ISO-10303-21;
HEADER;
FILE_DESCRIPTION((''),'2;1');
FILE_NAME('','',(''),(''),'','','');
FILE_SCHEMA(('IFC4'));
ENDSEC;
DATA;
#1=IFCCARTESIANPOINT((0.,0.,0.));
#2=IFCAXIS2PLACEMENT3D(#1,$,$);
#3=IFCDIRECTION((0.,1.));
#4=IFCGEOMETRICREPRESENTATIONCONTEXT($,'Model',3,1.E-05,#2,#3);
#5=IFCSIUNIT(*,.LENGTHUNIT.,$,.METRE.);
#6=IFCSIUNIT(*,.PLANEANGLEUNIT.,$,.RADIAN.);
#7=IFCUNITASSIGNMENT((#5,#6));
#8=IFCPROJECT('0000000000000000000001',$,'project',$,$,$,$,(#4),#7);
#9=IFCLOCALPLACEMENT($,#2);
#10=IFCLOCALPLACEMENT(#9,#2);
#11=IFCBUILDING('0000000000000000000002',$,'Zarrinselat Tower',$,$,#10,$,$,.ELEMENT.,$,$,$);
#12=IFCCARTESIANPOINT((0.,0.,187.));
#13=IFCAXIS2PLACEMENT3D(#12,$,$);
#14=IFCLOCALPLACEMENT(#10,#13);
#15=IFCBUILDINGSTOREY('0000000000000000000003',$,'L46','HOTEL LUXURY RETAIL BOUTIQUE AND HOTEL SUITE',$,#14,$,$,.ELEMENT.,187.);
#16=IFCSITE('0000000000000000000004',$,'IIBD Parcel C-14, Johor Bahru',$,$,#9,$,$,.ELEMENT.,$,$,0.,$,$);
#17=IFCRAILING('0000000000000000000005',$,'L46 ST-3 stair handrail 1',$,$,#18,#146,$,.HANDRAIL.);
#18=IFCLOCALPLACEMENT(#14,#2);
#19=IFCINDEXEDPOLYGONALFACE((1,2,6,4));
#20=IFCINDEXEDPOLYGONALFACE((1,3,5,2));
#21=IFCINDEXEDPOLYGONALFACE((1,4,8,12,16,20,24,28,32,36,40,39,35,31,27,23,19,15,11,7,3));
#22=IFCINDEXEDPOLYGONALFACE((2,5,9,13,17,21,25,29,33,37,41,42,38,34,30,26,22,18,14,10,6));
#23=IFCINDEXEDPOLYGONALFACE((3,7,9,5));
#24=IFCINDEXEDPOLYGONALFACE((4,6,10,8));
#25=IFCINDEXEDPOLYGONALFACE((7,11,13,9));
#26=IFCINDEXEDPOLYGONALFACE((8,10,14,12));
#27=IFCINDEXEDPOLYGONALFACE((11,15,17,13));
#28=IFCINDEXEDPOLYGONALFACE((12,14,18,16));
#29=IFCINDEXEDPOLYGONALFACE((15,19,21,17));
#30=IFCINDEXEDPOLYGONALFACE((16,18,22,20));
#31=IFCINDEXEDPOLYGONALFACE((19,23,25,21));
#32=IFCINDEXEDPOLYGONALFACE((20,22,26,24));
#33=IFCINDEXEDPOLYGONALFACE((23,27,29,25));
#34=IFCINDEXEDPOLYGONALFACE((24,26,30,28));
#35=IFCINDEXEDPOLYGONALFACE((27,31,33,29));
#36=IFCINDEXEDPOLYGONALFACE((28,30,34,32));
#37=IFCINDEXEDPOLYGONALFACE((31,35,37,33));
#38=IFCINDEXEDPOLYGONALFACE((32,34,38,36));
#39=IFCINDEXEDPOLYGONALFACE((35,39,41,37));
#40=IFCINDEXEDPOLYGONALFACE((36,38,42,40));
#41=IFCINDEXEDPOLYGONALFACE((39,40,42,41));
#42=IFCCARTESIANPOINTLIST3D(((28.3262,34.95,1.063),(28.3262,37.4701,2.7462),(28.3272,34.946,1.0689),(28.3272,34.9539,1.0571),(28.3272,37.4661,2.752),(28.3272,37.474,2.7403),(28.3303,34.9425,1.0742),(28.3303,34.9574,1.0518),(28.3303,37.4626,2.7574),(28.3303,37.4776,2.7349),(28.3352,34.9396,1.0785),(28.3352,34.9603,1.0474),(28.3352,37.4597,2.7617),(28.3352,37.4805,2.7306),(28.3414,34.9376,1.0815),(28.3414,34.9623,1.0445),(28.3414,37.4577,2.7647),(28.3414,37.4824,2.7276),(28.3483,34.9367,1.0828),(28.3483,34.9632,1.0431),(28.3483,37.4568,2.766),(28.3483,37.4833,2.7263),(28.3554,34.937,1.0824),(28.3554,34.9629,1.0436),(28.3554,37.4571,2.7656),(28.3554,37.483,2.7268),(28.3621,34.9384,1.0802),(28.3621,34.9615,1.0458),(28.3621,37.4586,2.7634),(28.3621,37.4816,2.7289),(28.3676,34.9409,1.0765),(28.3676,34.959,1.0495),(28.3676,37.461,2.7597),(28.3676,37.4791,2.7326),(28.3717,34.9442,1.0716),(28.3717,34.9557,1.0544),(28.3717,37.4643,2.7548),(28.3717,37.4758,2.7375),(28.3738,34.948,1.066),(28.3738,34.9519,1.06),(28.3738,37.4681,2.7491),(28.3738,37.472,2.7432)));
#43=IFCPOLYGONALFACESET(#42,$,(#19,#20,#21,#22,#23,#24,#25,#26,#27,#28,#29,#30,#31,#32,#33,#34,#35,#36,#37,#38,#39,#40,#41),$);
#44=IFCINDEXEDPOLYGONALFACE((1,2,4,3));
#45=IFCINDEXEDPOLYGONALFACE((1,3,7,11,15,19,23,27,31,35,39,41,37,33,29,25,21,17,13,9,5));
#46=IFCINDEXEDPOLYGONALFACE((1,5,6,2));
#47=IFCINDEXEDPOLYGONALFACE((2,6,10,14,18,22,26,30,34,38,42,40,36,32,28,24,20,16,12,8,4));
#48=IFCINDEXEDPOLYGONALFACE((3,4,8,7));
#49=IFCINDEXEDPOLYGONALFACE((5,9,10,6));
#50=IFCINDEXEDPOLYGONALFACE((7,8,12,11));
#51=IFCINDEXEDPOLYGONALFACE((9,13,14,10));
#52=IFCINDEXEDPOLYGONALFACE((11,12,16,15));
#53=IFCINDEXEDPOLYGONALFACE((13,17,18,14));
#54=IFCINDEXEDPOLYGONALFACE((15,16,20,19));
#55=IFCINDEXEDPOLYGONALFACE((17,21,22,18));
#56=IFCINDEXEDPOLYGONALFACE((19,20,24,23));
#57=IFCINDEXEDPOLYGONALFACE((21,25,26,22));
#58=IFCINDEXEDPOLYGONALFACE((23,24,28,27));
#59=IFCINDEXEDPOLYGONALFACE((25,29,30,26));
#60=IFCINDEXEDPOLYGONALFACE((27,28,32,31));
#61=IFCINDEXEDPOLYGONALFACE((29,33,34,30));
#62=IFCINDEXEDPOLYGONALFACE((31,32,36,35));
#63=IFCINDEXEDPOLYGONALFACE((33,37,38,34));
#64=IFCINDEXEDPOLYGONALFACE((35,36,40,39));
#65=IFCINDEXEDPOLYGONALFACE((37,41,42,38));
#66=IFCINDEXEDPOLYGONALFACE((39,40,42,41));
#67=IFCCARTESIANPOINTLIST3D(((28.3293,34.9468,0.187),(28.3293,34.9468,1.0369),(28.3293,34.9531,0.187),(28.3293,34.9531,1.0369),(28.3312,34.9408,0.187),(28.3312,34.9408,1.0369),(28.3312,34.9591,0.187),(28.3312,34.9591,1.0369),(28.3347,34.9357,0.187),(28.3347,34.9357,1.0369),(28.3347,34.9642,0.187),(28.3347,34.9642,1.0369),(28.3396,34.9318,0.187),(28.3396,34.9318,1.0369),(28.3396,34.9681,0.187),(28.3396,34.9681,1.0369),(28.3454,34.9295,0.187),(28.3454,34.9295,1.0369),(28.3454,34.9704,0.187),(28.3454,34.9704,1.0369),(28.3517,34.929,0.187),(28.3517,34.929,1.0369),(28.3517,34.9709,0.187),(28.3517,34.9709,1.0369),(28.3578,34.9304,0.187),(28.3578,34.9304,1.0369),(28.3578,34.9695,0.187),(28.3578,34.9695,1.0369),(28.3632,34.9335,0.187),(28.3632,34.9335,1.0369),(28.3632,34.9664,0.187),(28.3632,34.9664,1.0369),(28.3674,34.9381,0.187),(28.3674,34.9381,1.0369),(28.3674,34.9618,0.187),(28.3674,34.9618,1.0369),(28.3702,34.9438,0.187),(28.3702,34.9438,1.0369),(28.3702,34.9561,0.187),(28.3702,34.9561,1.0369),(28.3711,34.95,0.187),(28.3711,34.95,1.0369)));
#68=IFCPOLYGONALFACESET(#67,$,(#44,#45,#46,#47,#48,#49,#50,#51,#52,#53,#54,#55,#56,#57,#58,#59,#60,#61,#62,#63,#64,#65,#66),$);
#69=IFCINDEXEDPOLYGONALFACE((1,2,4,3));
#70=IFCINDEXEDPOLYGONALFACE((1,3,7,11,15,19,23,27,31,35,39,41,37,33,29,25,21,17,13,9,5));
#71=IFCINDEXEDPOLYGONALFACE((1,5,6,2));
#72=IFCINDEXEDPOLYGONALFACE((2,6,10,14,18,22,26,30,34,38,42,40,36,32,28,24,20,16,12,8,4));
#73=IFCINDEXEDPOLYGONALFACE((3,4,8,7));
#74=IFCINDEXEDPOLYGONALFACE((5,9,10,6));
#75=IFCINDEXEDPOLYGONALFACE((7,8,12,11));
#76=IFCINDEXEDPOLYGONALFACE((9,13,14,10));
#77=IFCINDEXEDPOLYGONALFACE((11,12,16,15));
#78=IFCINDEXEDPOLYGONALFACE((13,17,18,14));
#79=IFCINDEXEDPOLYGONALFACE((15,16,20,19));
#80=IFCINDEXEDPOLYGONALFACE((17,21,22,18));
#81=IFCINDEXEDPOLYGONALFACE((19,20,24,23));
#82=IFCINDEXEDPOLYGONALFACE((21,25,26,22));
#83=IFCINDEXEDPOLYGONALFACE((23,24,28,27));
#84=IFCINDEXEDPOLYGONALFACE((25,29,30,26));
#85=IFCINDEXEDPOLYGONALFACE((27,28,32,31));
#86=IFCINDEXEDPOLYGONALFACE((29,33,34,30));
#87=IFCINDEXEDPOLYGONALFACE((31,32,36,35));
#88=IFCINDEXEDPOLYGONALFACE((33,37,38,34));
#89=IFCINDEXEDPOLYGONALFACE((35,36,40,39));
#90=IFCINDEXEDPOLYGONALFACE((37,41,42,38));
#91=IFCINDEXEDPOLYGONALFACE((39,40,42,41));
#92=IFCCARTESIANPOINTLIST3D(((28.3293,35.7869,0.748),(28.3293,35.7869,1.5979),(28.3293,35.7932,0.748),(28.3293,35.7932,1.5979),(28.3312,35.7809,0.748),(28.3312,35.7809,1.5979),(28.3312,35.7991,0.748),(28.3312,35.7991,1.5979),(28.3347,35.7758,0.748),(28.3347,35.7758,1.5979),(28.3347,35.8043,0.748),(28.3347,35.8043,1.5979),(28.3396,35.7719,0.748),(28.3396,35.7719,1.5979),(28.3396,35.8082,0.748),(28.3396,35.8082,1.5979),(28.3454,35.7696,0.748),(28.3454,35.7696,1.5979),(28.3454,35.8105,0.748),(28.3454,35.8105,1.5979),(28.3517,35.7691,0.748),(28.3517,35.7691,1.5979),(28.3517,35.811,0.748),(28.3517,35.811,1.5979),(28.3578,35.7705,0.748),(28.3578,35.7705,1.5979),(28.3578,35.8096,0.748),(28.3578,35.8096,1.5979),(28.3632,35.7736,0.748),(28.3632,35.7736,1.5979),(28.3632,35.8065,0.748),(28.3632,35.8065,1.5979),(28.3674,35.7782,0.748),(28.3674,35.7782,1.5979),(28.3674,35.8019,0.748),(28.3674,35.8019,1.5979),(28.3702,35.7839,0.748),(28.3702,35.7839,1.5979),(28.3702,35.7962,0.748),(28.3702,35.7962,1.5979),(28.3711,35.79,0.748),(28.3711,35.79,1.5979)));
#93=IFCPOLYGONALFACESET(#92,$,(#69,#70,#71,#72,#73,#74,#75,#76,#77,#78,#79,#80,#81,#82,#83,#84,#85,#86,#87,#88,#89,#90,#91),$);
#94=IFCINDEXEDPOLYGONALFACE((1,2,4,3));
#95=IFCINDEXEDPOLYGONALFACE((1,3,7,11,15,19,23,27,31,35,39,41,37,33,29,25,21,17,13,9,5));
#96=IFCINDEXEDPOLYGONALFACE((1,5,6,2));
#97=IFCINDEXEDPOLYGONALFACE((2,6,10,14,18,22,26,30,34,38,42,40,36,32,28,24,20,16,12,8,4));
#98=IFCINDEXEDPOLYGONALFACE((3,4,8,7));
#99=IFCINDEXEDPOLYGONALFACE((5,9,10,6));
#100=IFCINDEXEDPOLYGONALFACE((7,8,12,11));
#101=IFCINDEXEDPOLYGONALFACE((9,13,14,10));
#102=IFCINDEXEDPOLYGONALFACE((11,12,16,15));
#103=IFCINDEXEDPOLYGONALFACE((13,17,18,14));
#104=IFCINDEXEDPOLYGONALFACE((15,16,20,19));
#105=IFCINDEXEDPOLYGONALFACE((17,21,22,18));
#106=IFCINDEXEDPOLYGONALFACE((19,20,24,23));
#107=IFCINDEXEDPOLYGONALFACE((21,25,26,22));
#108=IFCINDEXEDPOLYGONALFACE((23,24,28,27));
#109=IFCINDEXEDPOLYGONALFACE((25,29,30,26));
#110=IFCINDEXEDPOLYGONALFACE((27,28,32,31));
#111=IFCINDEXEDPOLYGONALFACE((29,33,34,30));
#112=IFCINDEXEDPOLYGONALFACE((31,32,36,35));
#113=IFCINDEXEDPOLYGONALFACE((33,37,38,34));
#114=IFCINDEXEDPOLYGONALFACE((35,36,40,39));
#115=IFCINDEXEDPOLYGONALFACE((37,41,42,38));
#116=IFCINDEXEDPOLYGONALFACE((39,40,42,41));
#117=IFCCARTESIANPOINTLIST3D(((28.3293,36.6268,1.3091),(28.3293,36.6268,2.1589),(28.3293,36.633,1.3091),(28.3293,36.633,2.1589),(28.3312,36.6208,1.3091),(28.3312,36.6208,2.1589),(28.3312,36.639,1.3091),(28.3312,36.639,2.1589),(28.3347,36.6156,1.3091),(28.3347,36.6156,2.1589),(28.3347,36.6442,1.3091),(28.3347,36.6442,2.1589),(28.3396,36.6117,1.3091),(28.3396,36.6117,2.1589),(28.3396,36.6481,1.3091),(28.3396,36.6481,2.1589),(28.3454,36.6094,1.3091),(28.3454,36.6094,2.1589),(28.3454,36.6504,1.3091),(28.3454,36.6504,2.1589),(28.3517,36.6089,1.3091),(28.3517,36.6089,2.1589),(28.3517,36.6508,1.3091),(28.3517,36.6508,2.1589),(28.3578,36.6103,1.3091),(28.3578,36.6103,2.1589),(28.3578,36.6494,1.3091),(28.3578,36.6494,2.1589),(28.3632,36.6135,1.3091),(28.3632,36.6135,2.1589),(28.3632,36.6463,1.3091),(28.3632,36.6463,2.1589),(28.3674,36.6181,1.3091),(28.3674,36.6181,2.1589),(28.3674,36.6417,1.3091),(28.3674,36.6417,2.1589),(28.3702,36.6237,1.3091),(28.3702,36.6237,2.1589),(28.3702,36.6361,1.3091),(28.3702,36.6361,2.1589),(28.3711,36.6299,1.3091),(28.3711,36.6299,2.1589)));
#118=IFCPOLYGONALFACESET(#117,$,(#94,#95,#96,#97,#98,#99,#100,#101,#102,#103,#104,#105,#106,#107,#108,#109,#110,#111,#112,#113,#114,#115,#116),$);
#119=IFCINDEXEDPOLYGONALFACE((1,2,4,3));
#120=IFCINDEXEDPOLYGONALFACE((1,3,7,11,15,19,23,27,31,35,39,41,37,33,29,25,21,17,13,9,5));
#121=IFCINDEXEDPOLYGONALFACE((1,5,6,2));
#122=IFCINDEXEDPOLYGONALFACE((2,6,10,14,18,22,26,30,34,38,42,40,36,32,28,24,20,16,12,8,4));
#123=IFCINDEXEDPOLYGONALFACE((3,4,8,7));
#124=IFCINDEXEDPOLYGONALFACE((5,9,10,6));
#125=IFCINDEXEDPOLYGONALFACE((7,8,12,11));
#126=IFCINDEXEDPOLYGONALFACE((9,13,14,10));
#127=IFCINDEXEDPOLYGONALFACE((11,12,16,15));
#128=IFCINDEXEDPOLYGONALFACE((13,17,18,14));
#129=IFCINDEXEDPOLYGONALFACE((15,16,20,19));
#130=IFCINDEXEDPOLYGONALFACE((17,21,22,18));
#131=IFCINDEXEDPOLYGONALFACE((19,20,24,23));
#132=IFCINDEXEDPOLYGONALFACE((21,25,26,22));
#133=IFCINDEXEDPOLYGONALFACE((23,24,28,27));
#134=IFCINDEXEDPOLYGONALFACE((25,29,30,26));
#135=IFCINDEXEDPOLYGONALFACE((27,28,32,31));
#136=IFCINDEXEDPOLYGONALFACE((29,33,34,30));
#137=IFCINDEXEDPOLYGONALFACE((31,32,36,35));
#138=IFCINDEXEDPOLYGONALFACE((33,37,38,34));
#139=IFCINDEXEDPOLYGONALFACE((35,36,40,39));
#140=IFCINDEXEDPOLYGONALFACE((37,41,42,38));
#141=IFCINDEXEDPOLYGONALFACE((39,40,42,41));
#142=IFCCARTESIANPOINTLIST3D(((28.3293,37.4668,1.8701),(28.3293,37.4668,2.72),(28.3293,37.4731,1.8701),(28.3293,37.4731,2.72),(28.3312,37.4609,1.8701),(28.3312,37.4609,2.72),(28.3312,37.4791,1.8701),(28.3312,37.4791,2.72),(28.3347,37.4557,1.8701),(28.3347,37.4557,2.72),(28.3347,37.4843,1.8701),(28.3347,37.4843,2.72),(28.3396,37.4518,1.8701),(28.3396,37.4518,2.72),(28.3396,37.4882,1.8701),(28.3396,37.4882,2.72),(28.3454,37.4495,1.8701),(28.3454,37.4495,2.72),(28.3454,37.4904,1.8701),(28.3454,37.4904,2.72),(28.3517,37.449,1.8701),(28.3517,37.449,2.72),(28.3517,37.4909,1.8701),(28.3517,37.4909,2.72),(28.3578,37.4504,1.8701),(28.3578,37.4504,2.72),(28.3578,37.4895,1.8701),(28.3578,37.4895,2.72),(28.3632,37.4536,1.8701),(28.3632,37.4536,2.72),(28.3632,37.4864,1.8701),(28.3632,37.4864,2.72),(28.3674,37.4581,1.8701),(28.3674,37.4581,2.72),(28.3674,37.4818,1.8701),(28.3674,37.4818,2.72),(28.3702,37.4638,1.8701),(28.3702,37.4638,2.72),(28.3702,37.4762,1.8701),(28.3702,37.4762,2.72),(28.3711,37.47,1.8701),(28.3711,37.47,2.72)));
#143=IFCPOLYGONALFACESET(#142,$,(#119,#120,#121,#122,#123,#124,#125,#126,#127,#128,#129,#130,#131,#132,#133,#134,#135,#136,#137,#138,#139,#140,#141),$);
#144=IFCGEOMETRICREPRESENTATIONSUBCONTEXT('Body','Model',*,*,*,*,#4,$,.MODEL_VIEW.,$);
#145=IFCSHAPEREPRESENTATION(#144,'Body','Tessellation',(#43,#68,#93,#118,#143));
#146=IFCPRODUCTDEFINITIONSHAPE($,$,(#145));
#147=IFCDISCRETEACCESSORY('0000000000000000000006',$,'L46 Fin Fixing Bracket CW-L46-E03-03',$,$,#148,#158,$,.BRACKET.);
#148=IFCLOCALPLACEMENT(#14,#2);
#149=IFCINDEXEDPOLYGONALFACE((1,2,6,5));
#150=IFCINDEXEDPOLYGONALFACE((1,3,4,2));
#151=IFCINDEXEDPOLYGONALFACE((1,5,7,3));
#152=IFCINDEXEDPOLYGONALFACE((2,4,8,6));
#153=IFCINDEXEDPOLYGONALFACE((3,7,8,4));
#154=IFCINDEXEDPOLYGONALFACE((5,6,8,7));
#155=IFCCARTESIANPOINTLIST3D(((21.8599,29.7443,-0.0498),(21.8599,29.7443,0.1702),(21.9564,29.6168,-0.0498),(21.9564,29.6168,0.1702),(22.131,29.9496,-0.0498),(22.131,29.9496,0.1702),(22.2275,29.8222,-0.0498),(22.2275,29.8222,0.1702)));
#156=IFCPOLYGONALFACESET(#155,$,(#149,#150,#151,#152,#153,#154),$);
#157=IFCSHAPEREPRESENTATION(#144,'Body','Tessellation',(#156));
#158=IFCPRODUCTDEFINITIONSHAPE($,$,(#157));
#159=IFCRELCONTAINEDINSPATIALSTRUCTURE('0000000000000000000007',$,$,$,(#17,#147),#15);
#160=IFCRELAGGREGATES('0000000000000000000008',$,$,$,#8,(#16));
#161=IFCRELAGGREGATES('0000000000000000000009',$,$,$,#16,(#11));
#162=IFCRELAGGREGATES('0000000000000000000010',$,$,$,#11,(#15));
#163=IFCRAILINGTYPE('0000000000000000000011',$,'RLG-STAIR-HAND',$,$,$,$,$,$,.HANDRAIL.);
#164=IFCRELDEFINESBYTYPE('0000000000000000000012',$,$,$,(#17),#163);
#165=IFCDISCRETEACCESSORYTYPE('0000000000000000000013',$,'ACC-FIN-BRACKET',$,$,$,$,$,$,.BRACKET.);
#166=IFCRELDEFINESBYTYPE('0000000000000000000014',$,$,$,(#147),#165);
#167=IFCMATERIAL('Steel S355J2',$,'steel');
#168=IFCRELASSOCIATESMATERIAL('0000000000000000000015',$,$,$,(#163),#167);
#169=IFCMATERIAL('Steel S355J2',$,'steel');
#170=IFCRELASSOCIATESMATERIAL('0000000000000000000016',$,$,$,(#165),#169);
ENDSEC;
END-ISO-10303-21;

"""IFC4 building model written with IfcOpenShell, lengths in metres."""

from ifc_helpers import new_model, si_unit, direction, frame, origin, origin_2d, place, context, subcontext, project, spatial, rectangle, circle, extrude, material, type_object, element, save


model = new_model("IFC4")

# Units and contexts
model_context = context("Model", 3, precision=1e-05, world=origin(), true_north=direction((0.0, 1.0)))
body_context = subcontext(model_context, "Body", "Model", "MODEL_VIEW")
ifc_project = project(units=[si_unit("LENGTHUNIT", "METRE"), si_unit("PLANEANGLEUNIT", "RADIAN")], contexts=[model_context])

# Site, building, storey
site_placement = place(None, origin())
site = spatial("IfcSite", under=ifc_project, at=site_placement, Name="IIBD Parcel C-14, Johor Bahru", CompositionType="ELEMENT", RefElevation=0.0)
building_placement = place(site_placement, origin())
building = spatial("IfcBuilding", under=site, at=building_placement, Name="Zarrinselat Tower", CompositionType="ELEMENT")
storey_placement = place(building_placement, frame((0.0, 0.0, 187.0)))
storey = spatial("IfcBuildingStorey", under=building, at=storey_placement, Name="L46", Description="HOTEL LUXURY RETAIL BOUTIQUE AND HOTEL SUITE", CompositionType="ELEMENT", Elevation=187.0)

# Railing
ifc_material_1 = material(Name="Steel S355J2", Category="steel")
railing_type_1 = type_object("IfcRailingType", Name="RLG-STAIR-HAND", PredefinedType="HANDRAIL", material=ifc_material_1)
railing_1_placement = place(storey_placement, frame((28.3501, 34.95, 0.187)))
element("IfcRailing", 1, at=railing_1_placement, inside=storey, type_object=railing_type_1, Name="L46 ST-3 stair handrail 1", PredefinedType="HANDRAIL", context=body_context, shape_type="SweptSolid", body=[
    extrude(circle(Radius=0.0239, at=origin_2d()), frame((0.0, 0.0, 0.876), z_axis=(0.0, 0.831579, 0.555406), x_axis=(-1.0, 0.0, 0.0)), (0.0, 0.0, 1.0), 3.0305),
    extrude(circle(Radius=0.021, at=origin_2d()), origin(), (0.0, 0.0, 1.0), 0.8499),
    extrude(circle(Radius=0.021, at=origin_2d()), frame((0.0, 0.8401, 0.561)), (0.0, 0.0, 1.0), 0.8499),
    extrude(circle(Radius=0.021, at=origin_2d()), frame((0.0, 1.6799, 1.1221)), (0.0, 0.0, 1.0), 0.8499),
    extrude(circle(Radius=0.021, at=origin_2d()), frame((0.0, 2.52, 1.6831)), (0.0, 0.0, 1.0), 0.8499),
])

# Discrete accessory
ifc_material_2 = material(Name="Steel S355J2", Category="steel")
discrete_accessory_type = type_object("IfcDiscreteAccessoryType", Name="ACC-FIN-BRACKET", PredefinedType="BRACKET", material=ifc_material_2)
discrete_accessory_placement = place(storey_placement, frame((22.0437, 29.7832, -0.0498), z_axis=(0.0, 0.0, 1.0), x_axis=(-0.797093, -0.603857, 0.0)))
element("IfcDiscreteAccessory", 2, at=discrete_accessory_placement, inside=storey, type_object=discrete_accessory_type, Name="L46 Fin Fixing Bracket CW-L46-E03-03", PredefinedType="BRACKET", context=body_context, shape_type="SweptSolid", body=[
    extrude(rectangle(XDim=0.3401, YDim=0.1599, at=origin_2d()), origin(), (0.0, 0.0, 1.0), 0.22),
])

save(model, "model.ifc")
